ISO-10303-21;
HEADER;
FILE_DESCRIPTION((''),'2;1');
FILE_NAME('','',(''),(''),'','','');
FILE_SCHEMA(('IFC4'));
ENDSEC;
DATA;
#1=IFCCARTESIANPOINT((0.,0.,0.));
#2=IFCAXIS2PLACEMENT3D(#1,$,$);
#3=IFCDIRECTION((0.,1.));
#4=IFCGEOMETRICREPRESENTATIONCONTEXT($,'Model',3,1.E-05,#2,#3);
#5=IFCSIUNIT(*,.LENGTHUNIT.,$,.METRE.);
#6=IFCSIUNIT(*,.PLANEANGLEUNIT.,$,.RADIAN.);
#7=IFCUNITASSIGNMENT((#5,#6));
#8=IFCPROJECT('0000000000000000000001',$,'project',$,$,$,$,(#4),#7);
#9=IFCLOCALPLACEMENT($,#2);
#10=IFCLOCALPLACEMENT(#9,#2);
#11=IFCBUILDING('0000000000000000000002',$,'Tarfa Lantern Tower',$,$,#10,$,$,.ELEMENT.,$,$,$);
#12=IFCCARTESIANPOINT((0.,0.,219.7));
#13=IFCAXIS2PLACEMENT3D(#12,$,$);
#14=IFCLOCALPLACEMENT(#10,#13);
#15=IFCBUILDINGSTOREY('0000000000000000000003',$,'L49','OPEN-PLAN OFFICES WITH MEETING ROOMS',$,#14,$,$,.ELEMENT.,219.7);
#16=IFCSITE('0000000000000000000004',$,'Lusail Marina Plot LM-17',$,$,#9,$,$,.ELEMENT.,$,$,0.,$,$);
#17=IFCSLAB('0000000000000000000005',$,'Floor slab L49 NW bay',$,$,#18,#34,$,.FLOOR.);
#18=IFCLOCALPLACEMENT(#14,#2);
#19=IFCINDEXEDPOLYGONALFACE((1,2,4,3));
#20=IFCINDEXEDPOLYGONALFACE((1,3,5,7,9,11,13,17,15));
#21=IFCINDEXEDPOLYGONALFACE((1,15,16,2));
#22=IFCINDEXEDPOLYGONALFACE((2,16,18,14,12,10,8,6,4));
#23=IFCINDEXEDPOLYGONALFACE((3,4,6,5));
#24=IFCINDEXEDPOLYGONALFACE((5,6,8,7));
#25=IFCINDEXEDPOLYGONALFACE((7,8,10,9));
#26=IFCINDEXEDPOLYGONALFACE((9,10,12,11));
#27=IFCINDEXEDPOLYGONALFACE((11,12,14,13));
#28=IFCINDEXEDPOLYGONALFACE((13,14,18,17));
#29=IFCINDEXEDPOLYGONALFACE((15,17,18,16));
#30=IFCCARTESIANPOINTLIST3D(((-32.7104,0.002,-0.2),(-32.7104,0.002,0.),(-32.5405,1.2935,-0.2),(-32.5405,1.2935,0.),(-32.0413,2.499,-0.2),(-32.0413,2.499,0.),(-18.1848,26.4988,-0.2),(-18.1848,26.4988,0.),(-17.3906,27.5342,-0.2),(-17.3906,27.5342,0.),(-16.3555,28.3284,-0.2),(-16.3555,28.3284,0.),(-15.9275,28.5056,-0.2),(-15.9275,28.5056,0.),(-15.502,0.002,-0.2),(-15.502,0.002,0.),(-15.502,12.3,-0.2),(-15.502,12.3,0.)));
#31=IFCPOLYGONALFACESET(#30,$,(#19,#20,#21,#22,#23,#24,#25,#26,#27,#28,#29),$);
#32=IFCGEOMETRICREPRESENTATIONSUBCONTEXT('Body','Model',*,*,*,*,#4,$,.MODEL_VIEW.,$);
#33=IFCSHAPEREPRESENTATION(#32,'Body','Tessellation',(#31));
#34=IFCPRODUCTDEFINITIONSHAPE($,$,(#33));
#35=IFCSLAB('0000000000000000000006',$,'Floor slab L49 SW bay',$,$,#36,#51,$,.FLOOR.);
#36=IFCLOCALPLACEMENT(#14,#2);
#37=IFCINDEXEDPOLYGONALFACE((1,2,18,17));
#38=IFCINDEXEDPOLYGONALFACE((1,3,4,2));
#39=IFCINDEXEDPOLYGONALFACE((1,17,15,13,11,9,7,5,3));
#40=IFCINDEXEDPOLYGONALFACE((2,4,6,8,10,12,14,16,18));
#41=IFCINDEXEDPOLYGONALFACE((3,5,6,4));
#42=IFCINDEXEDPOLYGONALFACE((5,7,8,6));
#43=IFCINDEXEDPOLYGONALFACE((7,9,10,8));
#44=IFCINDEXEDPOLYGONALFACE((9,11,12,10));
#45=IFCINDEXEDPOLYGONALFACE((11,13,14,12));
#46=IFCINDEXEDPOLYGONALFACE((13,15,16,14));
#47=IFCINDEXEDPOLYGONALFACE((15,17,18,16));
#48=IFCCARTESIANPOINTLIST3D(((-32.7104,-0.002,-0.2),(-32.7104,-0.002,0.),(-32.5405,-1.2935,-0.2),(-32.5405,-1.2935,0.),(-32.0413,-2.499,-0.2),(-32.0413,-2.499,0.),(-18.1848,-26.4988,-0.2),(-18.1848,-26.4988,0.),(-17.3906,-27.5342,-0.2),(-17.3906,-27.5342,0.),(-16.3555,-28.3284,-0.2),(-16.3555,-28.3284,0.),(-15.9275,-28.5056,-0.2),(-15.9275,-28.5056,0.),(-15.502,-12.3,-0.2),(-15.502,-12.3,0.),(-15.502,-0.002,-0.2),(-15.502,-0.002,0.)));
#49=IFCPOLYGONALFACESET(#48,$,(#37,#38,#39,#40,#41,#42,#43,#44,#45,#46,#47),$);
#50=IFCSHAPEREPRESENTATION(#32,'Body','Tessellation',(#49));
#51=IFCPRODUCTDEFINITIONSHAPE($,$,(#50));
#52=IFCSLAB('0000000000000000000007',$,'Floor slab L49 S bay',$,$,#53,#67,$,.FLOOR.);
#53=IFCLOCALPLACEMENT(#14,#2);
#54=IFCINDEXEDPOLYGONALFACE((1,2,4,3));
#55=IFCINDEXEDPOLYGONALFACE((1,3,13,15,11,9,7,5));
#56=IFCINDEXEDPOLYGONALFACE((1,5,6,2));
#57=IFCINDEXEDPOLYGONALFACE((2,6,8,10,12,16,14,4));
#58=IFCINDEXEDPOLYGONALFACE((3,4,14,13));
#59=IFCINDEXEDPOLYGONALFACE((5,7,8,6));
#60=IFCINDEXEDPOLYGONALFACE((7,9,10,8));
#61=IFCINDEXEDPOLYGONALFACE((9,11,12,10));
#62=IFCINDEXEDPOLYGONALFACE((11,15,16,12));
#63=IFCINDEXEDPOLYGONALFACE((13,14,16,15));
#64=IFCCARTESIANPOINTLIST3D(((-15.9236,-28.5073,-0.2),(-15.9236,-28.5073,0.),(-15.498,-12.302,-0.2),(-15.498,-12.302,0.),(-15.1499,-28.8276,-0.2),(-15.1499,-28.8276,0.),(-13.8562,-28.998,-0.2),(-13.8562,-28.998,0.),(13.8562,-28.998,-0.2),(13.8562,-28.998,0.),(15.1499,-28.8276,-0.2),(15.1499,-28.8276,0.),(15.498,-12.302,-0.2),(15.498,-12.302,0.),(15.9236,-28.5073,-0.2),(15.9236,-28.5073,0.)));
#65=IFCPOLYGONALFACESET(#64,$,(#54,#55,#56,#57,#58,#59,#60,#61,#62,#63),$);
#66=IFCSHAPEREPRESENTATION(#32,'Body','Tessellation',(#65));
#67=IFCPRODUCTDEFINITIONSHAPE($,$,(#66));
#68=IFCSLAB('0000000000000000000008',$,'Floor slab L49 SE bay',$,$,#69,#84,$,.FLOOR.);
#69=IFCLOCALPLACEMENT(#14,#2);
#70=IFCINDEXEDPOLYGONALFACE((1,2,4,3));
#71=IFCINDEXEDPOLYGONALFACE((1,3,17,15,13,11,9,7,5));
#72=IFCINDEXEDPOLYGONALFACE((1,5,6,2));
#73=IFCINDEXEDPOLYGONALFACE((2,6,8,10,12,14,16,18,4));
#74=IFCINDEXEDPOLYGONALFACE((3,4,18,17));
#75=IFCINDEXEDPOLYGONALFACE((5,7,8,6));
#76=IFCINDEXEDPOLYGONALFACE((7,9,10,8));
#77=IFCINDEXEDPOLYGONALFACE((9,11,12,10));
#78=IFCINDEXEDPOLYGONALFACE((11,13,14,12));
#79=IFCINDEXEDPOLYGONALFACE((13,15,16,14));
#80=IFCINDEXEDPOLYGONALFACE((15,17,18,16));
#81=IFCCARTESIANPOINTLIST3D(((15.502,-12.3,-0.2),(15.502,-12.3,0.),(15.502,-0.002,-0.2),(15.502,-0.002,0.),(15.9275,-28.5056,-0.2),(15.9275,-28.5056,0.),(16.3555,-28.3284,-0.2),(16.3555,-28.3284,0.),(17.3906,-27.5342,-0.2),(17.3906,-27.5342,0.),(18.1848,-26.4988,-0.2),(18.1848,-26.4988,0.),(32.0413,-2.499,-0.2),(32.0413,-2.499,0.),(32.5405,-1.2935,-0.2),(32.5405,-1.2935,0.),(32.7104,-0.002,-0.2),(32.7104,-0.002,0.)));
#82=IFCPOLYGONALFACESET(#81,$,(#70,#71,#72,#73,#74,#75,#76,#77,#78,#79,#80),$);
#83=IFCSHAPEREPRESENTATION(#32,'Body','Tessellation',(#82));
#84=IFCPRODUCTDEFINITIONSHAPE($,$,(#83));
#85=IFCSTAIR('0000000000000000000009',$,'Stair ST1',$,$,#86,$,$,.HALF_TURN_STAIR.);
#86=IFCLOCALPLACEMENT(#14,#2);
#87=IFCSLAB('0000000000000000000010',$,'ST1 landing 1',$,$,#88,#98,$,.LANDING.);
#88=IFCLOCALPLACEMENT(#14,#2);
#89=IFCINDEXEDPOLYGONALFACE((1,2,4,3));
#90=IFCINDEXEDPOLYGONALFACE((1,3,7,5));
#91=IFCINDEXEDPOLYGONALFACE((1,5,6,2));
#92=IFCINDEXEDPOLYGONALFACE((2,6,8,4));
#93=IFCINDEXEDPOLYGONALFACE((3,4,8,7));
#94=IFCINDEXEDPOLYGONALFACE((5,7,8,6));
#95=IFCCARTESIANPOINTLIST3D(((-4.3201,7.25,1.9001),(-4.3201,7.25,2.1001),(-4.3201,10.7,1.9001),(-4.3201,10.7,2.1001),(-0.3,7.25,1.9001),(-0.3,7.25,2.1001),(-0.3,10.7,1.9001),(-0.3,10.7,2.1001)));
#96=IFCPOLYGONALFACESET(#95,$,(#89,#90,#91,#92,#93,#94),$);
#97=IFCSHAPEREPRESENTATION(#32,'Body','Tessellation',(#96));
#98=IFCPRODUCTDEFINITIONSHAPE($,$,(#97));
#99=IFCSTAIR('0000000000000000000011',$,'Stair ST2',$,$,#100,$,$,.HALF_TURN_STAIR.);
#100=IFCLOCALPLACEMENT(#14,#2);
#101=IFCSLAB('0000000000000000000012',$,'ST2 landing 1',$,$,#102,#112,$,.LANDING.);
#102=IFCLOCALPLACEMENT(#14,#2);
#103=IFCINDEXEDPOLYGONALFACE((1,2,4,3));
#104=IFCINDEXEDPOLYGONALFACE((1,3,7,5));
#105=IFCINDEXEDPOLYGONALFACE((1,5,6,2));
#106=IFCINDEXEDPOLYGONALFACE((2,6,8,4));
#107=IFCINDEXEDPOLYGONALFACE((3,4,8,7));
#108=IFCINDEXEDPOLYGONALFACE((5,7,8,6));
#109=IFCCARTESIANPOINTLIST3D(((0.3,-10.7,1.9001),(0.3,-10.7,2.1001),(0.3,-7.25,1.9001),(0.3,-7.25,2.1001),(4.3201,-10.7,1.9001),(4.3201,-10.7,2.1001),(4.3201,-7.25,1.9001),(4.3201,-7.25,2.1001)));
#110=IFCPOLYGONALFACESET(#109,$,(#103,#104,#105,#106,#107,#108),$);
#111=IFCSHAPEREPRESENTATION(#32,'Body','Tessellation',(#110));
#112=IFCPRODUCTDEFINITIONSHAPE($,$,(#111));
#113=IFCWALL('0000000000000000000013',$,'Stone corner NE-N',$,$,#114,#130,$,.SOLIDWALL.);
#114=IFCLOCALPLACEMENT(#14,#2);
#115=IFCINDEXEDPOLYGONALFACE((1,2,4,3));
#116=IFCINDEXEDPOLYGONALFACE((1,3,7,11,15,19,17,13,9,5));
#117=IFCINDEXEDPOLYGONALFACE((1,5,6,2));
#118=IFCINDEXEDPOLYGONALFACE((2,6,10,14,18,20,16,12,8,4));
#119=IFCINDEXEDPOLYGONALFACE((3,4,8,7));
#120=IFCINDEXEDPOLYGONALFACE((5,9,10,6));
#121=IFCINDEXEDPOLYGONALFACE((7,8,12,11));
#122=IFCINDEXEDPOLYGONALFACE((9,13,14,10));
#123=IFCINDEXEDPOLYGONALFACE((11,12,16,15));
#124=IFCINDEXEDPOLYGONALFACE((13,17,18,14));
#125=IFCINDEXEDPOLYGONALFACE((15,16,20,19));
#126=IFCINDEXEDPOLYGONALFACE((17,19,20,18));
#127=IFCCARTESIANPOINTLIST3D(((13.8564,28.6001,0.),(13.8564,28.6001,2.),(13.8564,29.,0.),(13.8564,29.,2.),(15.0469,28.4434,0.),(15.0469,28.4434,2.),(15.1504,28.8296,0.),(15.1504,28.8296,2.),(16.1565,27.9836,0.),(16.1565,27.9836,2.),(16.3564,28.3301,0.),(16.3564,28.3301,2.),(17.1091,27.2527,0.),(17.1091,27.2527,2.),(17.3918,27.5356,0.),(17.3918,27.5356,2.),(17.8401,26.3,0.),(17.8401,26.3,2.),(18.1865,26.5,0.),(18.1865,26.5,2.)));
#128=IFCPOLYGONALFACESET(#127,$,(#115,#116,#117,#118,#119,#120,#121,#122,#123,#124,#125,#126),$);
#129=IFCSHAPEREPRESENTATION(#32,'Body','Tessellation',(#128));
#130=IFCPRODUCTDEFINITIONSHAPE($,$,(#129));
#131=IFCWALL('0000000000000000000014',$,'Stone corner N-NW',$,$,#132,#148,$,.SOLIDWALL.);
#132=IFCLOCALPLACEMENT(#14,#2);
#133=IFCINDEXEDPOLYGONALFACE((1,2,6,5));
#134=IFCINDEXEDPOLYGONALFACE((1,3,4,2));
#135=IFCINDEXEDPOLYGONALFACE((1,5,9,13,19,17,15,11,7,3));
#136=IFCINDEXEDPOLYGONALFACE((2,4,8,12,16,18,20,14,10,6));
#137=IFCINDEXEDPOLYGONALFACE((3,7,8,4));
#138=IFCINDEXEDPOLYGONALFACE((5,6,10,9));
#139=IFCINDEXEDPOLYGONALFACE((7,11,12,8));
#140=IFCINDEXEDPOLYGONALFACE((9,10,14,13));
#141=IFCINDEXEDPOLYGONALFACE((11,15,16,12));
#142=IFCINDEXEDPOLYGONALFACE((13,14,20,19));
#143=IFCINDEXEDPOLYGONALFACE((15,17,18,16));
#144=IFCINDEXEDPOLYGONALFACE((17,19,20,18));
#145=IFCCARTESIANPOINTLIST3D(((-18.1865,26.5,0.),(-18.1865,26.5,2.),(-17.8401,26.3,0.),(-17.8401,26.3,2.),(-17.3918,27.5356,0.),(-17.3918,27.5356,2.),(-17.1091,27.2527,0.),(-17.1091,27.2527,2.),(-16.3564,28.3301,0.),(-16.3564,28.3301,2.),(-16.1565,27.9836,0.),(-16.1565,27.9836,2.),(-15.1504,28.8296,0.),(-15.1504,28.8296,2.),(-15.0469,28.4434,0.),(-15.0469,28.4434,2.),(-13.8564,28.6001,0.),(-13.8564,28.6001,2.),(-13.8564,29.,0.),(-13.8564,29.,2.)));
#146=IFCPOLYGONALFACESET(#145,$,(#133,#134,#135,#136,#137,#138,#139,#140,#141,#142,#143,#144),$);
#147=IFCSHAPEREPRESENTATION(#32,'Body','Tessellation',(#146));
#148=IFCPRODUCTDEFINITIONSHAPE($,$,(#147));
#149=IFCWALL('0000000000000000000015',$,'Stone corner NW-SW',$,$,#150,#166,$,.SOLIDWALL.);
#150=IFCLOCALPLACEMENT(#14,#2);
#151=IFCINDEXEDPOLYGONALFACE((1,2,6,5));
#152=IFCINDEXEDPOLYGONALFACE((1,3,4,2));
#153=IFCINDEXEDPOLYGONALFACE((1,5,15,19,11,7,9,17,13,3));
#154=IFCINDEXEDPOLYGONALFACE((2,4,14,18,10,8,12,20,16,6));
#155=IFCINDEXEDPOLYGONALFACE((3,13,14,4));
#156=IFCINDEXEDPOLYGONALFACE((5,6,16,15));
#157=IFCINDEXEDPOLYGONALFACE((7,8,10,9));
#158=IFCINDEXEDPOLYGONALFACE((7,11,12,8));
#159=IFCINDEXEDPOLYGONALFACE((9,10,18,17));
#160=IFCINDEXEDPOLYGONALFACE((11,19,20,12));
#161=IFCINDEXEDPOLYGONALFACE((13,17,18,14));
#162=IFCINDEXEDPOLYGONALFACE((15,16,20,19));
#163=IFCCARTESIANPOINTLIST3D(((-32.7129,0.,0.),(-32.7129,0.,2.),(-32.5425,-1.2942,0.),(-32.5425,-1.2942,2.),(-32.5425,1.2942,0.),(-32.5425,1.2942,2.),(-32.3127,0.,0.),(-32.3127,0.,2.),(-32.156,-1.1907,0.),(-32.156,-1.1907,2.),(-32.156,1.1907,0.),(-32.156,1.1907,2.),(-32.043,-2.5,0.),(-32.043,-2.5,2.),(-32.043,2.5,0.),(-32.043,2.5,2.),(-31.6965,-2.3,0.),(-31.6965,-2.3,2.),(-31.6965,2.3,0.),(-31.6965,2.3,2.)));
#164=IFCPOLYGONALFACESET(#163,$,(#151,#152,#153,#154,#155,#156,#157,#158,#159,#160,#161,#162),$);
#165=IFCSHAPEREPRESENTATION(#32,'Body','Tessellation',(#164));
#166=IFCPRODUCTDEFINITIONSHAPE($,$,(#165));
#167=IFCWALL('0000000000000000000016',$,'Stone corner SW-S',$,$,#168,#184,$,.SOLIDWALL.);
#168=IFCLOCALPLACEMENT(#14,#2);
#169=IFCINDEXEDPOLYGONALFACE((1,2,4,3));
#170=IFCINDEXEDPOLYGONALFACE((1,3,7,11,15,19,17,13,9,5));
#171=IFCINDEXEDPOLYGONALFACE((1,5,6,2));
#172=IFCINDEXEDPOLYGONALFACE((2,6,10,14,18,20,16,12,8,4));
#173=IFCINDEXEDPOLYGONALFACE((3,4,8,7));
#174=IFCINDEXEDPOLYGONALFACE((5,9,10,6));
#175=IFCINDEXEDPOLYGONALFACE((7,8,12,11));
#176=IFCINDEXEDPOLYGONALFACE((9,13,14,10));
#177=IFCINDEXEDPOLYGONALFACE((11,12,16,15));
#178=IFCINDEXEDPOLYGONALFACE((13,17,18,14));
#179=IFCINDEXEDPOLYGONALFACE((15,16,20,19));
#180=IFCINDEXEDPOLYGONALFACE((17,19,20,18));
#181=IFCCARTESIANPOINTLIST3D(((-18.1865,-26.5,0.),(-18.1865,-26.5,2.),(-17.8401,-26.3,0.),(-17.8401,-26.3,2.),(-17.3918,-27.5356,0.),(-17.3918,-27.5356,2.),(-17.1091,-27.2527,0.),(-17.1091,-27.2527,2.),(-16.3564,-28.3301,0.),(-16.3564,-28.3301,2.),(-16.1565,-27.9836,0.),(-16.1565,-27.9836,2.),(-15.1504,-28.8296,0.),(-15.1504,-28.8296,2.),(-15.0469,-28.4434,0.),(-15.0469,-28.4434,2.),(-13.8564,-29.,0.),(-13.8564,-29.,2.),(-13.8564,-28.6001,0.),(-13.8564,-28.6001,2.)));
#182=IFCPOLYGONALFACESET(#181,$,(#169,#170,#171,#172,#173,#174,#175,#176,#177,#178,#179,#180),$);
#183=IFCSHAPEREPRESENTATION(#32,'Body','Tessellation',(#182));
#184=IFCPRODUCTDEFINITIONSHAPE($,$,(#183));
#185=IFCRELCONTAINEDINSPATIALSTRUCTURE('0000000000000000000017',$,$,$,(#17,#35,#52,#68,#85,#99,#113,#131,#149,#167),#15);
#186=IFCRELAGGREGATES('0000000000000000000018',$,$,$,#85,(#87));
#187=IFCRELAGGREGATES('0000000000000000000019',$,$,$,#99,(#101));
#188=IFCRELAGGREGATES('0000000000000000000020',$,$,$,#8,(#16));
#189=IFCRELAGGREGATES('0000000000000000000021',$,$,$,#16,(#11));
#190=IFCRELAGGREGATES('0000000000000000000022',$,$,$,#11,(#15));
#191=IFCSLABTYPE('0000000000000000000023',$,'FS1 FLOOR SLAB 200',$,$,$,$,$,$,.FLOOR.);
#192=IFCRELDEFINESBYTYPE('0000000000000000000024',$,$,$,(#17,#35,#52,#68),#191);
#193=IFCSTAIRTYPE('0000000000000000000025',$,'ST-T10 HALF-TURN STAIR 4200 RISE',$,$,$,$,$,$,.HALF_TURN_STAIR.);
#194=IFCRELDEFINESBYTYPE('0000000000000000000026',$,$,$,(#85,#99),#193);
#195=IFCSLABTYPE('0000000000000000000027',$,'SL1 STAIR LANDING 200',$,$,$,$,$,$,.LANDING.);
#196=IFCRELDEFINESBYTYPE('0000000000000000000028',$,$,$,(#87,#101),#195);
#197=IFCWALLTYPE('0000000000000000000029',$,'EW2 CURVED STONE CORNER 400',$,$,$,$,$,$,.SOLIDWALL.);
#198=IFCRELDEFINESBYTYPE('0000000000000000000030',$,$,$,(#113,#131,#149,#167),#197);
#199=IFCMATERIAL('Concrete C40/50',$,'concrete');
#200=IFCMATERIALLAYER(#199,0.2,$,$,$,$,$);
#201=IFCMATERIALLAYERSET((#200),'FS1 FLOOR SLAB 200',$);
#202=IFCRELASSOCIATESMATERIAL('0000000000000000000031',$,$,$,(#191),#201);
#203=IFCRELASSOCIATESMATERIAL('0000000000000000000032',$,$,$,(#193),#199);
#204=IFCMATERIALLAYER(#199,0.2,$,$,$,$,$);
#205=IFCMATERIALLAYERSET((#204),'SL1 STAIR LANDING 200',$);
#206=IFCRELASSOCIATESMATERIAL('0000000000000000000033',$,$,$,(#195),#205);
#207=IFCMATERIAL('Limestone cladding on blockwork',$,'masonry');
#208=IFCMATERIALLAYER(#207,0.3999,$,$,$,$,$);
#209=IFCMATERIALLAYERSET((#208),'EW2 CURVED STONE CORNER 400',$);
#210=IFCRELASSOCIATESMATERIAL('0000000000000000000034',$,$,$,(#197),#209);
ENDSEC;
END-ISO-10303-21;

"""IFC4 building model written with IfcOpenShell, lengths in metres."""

from ifc_helpers import new_model, si_unit, direction, frame, origin, place, context, subcontext, project, spatial, polyline, outline, extrude, material, layer, layer_set, type_object, element, aggregate, save


model = new_model("IFC4")

# Units and contexts
model_context = context("Model", 3, precision=1e-05, world=origin(), true_north=direction((0.0, 1.0)))
body_context = subcontext(model_context, "Body", "Model", "MODEL_VIEW")
ifc_project = project(units=[si_unit("LENGTHUNIT", "METRE"), si_unit("PLANEANGLEUNIT", "RADIAN")], contexts=[model_context])

# Site, building, storey
site_placement = place(None, origin())
site = spatial("IfcSite", under=ifc_project, at=site_placement, Name="Lusail Marina Plot LM-17", CompositionType="ELEMENT", RefElevation=0.0)
building_placement = place(site_placement, origin())
building = spatial("IfcBuilding", under=site, at=building_placement, Name="Tarfa Lantern Tower", CompositionType="ELEMENT")
storey_placement = place(building_placement, frame((0.0, 0.0, 219.7)))
storey = spatial("IfcBuildingStorey", under=building, at=storey_placement, Name="L49", Description="OPEN-PLAN OFFICES WITH MEETING ROOMS", CompositionType="ELEMENT", Elevation=219.7)

# Slabs
ifc_material_1 = material(Name="Concrete C40/50", Category="concrete")
ifc_layer_1 = layer(ifc_material_1, 0.2)
ifc_layer_set_1 = layer_set([ifc_layer_1], Name="FS1 FLOOR SLAB 200")
slab_type_1 = type_object("IfcSlabType", Name="FS1 FLOOR SLAB 200", PredefinedType="FLOOR", material=ifc_layer_set_1)
slab_1_placement = place(storey_placement, frame((0.0, 0.0, -0.2)))
element("IfcSlab", 1, at=slab_1_placement, inside=storey, type_object=slab_type_1, Name="Floor slab L49 NW bay", PredefinedType="FLOOR", context=body_context, shape_type="SweptSolid", body=[
    extrude(outline(polyline([(-15.502, 0.002), (-15.502, 12.3), (-15.9275, 28.5056), (-16.3555, 28.3284), (-17.3906, 27.5342), (-18.1848, 26.4988), (-32.0413, 2.499), (-32.5405, 1.2935), (-32.7104, 0.002), (-15.502, 0.002)])), origin(), (0.0, 0.0, 1.0), 0.2),
])
slab_2_placement = place(storey_placement, frame((0.0, 0.0, -0.2)))
element("IfcSlab", 2, at=slab_2_placement, inside=storey, type_object=slab_type_1, Name="Floor slab L49 SW bay", PredefinedType="FLOOR", context=body_context, shape_type="SweptSolid", body=[
    extrude(outline(polyline([(-15.502, -12.3), (-15.502, -0.002), (-32.7104, -0.002), (-32.5405, -1.2935), (-32.0413, -2.499), (-18.1848, -26.4988), (-17.3906, -27.5342), (-16.3555, -28.3284), (-15.9275, -28.5056), (-15.502, -12.3)])), origin(), (0.0, 0.0, 1.0), 0.2),
])
slab_3_placement = place(storey_placement, frame((0.0, 0.0, -0.2)))
element("IfcSlab", 3, at=slab_3_placement, inside=storey, type_object=slab_type_1, Name="Floor slab L49 S bay", PredefinedType="FLOOR", context=body_context, shape_type="SweptSolid", body=[
    extrude(outline(polyline([(15.498, -12.302), (-15.498, -12.302), (-15.9236, -28.5073), (-15.1499, -28.8276), (-13.8562, -28.998), (13.8562, -28.998), (15.1499, -28.8276), (15.9236, -28.5073), (15.498, -12.302)])), origin(), (0.0, 0.0, 1.0), 0.2),
])
slab_4_placement = place(storey_placement, frame((0.0, 0.0, -0.2)))
element("IfcSlab", 4, at=slab_4_placement, inside=storey, type_object=slab_type_1, Name="Floor slab L49 SE bay", PredefinedType="FLOOR", context=body_context, shape_type="SweptSolid", body=[
    extrude(outline(polyline([(15.502, -0.002), (15.502, -12.3), (15.9275, -28.5056), (16.3555, -28.3284), (17.3906, -27.5342), (18.1848, -26.4988), (32.0413, -2.499), (32.5405, -1.2935), (32.7104, -0.002), (15.502, -0.002)])), origin(), (0.0, 0.0, 1.0), 0.2),
])

# Stairs, slabs
stair_type = type_object("IfcStairType", Name="ST-T10 HALF-TURN STAIR 4200 RISE", PredefinedType="HALF_TURN_STAIR", material=ifc_material_1)
stair_1_placement = place(storey_placement, origin())
stair_1 = element("IfcStair", 5, at=stair_1_placement, inside=storey, type_object=stair_type, Name="Stair ST1", PredefinedType="HALF_TURN_STAIR")
ifc_layer_2 = layer(ifc_material_1, 0.2)
ifc_layer_set_2 = layer_set([ifc_layer_2], Name="SL1 STAIR LANDING 200")
slab_type_2 = type_object("IfcSlabType", Name="SL1 STAIR LANDING 200", PredefinedType="LANDING", material=ifc_layer_set_2)
slab_5_placement = place(storey_placement, frame((0.0, 0.0, 1.9001)))
slab_5 = element("IfcSlab", 6, at=slab_5_placement, type_object=slab_type_2, Name="ST1 landing 1", PredefinedType="LANDING", context=body_context, shape_type="SweptSolid", body=[
    extrude(outline(polyline([(-4.3201, 7.25), (-0.3, 7.25), (-0.3, 10.7), (-4.3201, 10.7), (-4.3201, 7.25)])), origin(), (0.0, 0.0, 1.0), 0.2),
])
aggregate(stair_1, [slab_5])
stair_2_placement = place(storey_placement, origin())
stair_2 = element("IfcStair", 7, at=stair_2_placement, inside=storey, type_object=stair_type, Name="Stair ST2", PredefinedType="HALF_TURN_STAIR")
slab_6_placement = place(storey_placement, frame((0.0, 0.0, 1.9001)))
slab_6 = element("IfcSlab", 8, at=slab_6_placement, type_object=slab_type_2, Name="ST2 landing 1", PredefinedType="LANDING", context=body_context, shape_type="SweptSolid", body=[
    extrude(outline(polyline([(4.3201, -7.25), (0.3, -7.25), (0.3, -10.7), (4.3201, -10.7), (4.3201, -7.25)])), origin(), (0.0, 0.0, 1.0), 0.2),
])
aggregate(stair_2, [slab_6])

# Walls
ifc_material_2 = material(Name="Limestone cladding on blockwork", Category="masonry")
ifc_layer_3 = layer(ifc_material_2, 0.3999)
ifc_layer_set_3 = layer_set([ifc_layer_3], Name="EW2 CURVED STONE CORNER 400")
wall_type_1 = type_object("IfcWallType", Name="EW2 CURVED STONE CORNER 400", PredefinedType="SOLIDWALL", material=ifc_layer_set_3)
wall_1_placement = place(storey_placement, origin())
element("IfcWall", 9, at=wall_1_placement, inside=storey, type_object=wall_type_1, Name="Stone corner NE-N", PredefinedType="SOLIDWALL", context=body_context, shape_type="SweptSolid", body=[
    extrude(outline(polyline([(18.1865, 26.5), (17.3918, 27.5356), (16.3564, 28.3301), (15.1504, 28.8296), (13.8564, 29.0), (13.8564, 28.6001), (15.0469, 28.4434), (16.1565, 27.9836), (17.1091, 27.2527), (17.8401, 26.3), (18.1865, 26.5)])), origin(), (0.0, 0.0, 1.0), 2.0),
])
wall_2_placement = place(storey_placement, origin())
element("IfcWall", 10, at=wall_2_placement, inside=storey, type_object=wall_type_1, Name="Stone corner N-NW", PredefinedType="SOLIDWALL", context=body_context, shape_type="SweptSolid", body=[
    extrude(outline(polyline([(-13.8564, 29.0), (-15.1504, 28.8296), (-16.3564, 28.3301), (-17.3918, 27.5356), (-18.1865, 26.5), (-17.8401, 26.3), (-17.1091, 27.2527), (-16.1565, 27.9836), (-15.0469, 28.4434), (-13.8564, 28.6001), (-13.8564, 29.0)])), origin(), (0.0, 0.0, 1.0), 2.0),
])
wall_3_placement = place(storey_placement, origin())
element("IfcWall", 11, at=wall_3_placement, inside=storey, type_object=wall_type_1, Name="Stone corner NW-SW", PredefinedType="SOLIDWALL", context=body_context, shape_type="SweptSolid", body=[
    extrude(outline(polyline([(-32.043, 2.5), (-32.5425, 1.2942), (-32.7129, 0.0), (-32.5425, -1.2942), (-32.043, -2.5), (-31.6965, -2.3), (-32.156, -1.1907), (-32.3127, 0.0), (-32.156, 1.1907), (-31.6965, 2.3), (-32.043, 2.5)])), origin(), (0.0, 0.0, 1.0), 2.0),
])
wall_4_placement = place(storey_placement, origin())
element("IfcWall", 12, at=wall_4_placement, inside=storey, type_object=wall_type_1, Name="Stone corner SW-S", PredefinedType="SOLIDWALL", context=body_context, shape_type="SweptSolid", body=[
    extrude(outline(polyline([(-18.1865, -26.5), (-17.3918, -27.5356), (-16.3564, -28.3301), (-15.1504, -28.8296), (-13.8564, -29.0), (-13.8564, -28.6001), (-15.0469, -28.4434), (-16.1565, -27.9836), (-17.1091, -27.2527), (-17.8401, -26.3), (-18.1865, -26.5)])), origin(), (0.0, 0.0, 1.0), 2.0),
])

save(model, "model.ifc")
